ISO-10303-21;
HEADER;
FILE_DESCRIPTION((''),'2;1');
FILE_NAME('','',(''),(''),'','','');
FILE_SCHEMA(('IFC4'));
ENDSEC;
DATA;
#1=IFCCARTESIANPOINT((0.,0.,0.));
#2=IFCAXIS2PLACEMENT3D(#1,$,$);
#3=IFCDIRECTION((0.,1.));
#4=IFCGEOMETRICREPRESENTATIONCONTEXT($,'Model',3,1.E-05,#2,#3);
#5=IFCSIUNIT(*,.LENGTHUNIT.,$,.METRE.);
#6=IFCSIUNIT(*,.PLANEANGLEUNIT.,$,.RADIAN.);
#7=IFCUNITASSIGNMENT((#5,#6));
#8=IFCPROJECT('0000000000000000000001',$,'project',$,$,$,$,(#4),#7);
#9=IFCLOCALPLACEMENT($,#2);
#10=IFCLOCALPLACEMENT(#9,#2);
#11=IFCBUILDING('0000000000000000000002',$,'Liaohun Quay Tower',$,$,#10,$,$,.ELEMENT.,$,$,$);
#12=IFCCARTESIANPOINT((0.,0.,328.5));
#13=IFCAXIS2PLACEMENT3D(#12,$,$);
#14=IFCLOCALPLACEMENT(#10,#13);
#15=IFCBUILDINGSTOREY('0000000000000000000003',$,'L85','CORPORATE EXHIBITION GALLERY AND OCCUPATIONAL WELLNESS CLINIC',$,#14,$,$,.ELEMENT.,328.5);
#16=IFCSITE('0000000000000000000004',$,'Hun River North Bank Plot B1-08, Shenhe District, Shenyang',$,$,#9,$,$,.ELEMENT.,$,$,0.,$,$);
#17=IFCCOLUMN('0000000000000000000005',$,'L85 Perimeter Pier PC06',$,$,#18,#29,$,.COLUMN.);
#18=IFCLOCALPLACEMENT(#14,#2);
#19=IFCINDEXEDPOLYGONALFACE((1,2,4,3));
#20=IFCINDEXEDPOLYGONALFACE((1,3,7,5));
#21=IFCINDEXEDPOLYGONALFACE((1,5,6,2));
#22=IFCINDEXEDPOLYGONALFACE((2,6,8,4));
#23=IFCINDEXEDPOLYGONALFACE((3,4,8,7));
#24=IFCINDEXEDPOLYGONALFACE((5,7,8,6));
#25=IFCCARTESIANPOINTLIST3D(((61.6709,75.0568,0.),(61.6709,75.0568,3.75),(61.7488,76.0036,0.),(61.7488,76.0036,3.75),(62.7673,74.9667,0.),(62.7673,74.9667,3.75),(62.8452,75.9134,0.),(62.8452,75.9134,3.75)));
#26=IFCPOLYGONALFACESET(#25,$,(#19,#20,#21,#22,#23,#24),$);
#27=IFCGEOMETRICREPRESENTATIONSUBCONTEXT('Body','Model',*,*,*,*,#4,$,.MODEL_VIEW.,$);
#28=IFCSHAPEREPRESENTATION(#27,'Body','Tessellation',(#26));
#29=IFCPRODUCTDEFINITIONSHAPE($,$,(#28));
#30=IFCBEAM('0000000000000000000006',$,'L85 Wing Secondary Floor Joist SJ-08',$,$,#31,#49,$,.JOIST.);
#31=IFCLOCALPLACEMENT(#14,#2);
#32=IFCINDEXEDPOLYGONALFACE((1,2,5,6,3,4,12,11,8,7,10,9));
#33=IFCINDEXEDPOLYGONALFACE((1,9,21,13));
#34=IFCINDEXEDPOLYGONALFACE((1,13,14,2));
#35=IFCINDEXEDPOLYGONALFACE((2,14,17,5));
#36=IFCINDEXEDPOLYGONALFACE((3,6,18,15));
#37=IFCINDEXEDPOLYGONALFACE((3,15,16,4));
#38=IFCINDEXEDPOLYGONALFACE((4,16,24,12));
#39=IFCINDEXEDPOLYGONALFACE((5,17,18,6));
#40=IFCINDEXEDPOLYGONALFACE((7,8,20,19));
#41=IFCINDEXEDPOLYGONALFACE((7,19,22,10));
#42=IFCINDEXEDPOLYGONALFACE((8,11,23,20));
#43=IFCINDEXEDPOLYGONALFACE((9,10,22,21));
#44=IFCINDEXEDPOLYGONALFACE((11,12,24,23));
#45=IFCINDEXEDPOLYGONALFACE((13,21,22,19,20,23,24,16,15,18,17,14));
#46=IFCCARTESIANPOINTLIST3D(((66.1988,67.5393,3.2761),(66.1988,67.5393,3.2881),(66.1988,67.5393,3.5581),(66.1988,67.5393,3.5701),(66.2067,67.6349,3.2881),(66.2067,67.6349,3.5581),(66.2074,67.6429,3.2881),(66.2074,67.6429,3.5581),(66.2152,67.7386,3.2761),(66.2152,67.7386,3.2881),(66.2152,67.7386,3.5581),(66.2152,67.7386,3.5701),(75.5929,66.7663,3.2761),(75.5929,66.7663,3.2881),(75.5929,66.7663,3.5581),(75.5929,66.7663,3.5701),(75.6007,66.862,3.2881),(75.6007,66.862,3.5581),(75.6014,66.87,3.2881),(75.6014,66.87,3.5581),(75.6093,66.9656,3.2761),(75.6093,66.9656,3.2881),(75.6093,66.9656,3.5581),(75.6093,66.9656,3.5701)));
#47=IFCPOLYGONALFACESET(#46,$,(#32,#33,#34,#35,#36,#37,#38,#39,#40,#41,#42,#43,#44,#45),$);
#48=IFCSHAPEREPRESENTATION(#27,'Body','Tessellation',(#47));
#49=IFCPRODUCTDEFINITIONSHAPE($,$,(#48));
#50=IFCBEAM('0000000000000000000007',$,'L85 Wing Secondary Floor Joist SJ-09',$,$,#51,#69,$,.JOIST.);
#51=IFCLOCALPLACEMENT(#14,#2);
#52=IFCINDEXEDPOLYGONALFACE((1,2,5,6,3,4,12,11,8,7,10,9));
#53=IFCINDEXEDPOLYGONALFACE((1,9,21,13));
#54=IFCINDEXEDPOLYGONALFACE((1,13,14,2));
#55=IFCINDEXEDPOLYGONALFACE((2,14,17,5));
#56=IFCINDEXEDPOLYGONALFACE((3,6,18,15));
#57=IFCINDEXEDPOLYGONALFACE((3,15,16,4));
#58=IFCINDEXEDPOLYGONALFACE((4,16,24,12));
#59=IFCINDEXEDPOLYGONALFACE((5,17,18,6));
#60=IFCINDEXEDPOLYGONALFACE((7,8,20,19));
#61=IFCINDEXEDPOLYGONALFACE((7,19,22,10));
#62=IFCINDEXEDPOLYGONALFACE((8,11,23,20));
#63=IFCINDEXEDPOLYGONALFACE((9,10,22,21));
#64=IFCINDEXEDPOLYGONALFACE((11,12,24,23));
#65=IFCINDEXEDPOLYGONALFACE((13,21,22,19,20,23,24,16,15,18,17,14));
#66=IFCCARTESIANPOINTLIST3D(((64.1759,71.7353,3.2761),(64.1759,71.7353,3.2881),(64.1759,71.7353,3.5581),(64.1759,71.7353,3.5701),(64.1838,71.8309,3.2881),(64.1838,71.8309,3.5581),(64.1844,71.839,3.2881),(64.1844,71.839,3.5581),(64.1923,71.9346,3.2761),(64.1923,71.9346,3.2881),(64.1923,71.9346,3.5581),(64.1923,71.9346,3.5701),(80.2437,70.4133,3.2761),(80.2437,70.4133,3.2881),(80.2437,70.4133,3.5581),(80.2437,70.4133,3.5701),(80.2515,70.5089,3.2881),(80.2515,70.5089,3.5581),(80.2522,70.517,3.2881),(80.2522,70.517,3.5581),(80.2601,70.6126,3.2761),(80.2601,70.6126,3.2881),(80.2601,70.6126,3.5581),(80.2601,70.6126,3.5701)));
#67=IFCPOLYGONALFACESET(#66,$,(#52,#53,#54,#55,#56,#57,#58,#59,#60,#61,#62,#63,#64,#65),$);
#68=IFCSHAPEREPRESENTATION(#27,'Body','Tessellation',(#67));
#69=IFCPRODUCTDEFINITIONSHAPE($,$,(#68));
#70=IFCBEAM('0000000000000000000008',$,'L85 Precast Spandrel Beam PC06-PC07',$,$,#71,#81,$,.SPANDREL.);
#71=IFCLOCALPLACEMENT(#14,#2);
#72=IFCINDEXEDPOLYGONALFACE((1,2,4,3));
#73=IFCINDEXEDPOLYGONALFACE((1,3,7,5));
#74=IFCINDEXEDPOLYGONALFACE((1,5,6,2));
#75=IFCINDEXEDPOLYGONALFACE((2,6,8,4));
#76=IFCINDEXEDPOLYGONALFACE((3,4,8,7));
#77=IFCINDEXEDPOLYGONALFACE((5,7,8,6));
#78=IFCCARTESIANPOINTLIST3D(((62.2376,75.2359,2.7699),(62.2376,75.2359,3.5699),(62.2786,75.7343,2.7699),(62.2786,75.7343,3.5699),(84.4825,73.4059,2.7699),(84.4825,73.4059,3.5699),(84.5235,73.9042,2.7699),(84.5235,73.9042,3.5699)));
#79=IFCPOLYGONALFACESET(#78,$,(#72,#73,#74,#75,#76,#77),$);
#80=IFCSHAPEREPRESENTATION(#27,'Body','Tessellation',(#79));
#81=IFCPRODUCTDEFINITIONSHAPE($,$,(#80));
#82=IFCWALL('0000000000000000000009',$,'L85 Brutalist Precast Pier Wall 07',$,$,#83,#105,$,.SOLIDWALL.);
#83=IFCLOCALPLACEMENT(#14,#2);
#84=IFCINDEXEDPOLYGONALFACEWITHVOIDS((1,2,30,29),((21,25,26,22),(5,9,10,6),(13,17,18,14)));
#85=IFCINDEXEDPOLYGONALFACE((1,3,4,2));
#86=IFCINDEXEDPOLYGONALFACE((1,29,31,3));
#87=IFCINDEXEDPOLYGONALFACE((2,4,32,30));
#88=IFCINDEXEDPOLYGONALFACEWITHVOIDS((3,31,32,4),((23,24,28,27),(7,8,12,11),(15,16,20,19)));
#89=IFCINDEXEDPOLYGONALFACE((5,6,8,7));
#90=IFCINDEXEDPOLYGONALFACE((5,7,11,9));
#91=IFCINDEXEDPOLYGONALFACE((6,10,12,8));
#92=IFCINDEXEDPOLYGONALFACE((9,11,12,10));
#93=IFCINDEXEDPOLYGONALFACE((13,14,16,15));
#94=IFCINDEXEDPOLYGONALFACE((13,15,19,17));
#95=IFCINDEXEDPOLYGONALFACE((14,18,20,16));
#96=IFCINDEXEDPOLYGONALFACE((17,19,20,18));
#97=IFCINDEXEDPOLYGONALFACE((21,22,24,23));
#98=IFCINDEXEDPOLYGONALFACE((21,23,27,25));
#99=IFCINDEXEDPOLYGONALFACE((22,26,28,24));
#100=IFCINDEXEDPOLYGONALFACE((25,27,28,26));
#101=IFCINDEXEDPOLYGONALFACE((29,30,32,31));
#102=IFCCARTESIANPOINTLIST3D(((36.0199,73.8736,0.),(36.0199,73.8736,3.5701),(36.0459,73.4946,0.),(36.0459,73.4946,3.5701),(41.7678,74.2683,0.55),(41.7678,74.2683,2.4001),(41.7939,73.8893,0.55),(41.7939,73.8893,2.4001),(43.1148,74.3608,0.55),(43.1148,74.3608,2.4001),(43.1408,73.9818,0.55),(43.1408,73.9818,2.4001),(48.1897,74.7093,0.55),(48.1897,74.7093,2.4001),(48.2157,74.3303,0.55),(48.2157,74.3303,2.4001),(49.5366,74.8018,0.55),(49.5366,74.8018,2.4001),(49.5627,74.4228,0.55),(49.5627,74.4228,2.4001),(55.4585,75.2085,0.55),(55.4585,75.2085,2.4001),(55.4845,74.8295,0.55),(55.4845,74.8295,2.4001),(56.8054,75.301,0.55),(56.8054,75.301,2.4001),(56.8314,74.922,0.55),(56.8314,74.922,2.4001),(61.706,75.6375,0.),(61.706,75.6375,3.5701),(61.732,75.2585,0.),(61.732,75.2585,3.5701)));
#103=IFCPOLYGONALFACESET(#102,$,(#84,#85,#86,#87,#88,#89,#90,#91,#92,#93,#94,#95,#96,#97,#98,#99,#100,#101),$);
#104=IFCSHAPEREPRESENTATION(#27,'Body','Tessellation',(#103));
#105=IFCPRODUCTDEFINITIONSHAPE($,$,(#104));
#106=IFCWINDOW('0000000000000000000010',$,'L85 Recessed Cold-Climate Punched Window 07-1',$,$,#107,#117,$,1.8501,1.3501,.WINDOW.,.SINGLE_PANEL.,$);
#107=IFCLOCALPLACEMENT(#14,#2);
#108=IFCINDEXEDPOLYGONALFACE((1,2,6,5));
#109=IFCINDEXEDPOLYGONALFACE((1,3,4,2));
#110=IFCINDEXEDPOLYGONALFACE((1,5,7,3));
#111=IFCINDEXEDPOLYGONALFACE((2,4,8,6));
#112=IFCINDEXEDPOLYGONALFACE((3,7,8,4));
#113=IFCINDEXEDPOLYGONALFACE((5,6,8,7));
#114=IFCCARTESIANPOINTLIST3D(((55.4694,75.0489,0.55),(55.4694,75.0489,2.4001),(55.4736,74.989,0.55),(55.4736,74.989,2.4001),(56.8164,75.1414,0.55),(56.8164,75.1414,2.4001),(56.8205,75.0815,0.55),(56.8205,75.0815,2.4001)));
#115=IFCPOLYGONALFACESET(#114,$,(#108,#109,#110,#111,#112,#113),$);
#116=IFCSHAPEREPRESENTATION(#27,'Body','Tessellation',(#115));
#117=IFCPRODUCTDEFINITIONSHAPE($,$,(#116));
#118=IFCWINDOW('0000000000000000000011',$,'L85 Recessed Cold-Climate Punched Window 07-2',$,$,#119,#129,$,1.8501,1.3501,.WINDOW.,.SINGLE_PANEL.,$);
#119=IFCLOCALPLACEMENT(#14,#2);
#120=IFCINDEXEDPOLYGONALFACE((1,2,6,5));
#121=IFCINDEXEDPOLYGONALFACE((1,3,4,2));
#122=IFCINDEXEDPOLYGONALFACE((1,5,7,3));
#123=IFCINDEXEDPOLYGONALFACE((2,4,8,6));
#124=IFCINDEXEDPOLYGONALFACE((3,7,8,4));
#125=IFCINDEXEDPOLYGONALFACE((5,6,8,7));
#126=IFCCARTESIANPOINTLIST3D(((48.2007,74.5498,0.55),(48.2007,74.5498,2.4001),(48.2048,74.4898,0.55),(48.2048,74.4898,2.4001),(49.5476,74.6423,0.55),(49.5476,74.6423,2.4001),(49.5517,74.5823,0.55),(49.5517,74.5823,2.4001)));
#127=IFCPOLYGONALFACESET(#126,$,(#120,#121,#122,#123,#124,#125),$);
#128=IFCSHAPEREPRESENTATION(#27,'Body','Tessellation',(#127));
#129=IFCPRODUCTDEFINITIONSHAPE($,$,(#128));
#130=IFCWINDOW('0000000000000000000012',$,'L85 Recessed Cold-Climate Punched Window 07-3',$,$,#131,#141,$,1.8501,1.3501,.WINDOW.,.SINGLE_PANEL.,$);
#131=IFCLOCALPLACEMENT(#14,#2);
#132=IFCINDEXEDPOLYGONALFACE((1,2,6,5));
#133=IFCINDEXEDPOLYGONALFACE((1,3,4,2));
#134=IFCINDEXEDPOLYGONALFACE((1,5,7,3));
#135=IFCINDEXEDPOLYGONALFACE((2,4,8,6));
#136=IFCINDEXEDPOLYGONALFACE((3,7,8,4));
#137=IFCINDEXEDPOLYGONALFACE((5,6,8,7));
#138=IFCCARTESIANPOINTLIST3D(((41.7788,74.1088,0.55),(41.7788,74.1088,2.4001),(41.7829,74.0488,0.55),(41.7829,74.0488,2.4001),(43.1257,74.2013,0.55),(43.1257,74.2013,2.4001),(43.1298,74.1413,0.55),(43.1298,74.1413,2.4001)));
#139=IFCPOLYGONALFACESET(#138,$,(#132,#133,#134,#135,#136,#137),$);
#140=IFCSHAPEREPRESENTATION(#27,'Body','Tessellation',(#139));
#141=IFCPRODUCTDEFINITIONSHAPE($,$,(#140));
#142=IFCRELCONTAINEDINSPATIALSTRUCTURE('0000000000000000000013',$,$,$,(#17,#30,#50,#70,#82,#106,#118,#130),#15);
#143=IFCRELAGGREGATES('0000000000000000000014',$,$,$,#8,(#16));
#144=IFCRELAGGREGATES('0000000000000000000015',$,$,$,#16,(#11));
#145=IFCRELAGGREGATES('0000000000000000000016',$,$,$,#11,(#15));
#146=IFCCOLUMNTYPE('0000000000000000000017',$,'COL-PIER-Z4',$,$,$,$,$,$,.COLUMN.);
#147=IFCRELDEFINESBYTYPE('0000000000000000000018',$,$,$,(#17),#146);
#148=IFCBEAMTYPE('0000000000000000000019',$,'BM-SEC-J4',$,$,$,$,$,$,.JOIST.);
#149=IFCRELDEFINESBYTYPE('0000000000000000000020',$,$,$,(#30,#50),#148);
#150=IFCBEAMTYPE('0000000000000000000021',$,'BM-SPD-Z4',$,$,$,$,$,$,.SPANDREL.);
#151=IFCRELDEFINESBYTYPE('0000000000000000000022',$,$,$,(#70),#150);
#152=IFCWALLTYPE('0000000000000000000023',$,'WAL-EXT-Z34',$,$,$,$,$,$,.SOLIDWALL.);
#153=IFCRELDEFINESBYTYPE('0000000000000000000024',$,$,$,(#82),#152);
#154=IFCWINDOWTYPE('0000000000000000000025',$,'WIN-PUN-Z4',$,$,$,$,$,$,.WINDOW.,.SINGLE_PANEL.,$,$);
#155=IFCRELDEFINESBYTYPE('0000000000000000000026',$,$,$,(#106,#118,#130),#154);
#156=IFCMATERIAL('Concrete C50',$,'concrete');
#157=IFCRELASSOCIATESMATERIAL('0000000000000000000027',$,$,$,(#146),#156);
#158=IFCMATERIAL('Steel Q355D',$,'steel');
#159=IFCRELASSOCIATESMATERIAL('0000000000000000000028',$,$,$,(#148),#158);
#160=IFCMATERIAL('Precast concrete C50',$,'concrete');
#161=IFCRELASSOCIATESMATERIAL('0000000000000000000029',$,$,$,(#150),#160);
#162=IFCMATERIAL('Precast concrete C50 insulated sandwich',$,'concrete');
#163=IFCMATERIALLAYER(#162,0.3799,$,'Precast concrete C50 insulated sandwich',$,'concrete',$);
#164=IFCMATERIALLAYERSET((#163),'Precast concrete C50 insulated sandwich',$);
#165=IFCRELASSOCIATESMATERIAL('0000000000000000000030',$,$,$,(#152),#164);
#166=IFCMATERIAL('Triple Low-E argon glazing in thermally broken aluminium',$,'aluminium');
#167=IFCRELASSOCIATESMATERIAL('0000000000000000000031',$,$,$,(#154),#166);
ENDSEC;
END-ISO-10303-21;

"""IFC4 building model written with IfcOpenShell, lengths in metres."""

from ifc_helpers import new_model, si_unit, direction, frame, frame_2d, origin, origin_2d, place, context, subcontext, project, spatial, rectangle, i_section, extrude, source, transform, mapped, material, layer, layer_set, material_profile, profile_set, type_object, element, fill, save


model = new_model("IFC4")

# Units and contexts
model_context = context("Model", 3, precision=1e-05, world=origin(), true_north=direction((0.0, 1.0)))
body_context = subcontext(model_context, "Body", "Model", "MODEL_VIEW")
ifc_project = project(units=[si_unit("LENGTHUNIT", "METRE"), si_unit("PLANEANGLEUNIT", "RADIAN")], contexts=[model_context])

# Site, building, storey
site_placement = place(None, origin())
site = spatial("IfcSite", under=ifc_project, at=site_placement, Name="Hun River North Bank Plot B1-08, Shenhe District, Shenyang", CompositionType="ELEMENT", RefElevation=0.0)
building_placement = place(site_placement, origin())
building = spatial("IfcBuilding", under=site, at=building_placement, Name="Liaohun Quay Tower", CompositionType="ELEMENT")
storey_placement = place(building_placement, frame((0.0, 0.0, 328.5)))
storey = spatial("IfcBuildingStorey", under=building, at=storey_placement, Name="L85", Description="CORPORATE EXHIBITION GALLERY AND OCCUPATIONAL WELLNESS CLINIC", CompositionType="ELEMENT", Elevation=328.5)

# Column
ifc_material_1 = material(Name="Concrete C50", Category="concrete")
ifc_material_profile_1 = material_profile(ifc_material_1, rectangle(XDim=1.1001, YDim=0.95, at=origin_2d()), Name="RC1100x950")
ifc_profile_set_1 = profile_set([ifc_material_profile_1], Name="Concrete C50")
column_type = type_object("IfcColumnType", Name="COL-PIER-Z4", PredefinedType="COLUMN", material=ifc_profile_set_1)
shared_shape_1 = source(origin(), body_context, "Body", "SweptSolid", [
    extrude(rectangle(XDim=1.1001, YDim=0.95, at=origin_2d()), origin(), (0.0, 0.0, 1.0), 3.75),
])
column_placement = place(storey_placement, frame((62.2581, 75.4851, 0.0), z_axis=(0.0, 0.0, 1.0), x_axis=(-0.996637, 0.081939, 0.0)))
element("IfcColumn", 1, at=column_placement, inside=storey, type_object=column_type, Name="L85 Perimeter Pier PC06", PredefinedType="COLUMN", context=body_context, shape_type="MappedRepresentation", body=[
    mapped(shared_shape_1, transform((0.0, 0.0, 0.0), x_axis=(1.0, 0.0, 0.0), y_axis=(0.0, 1.0, 0.0), z_axis=(0.0, 0.0, 1.0), scale=1.0)),
])

# Beams
ifc_material_2 = material(Name="Steel Q355D", Category="steel")
ifc_material_profile_2 = material_profile(ifc_material_2, i_section(OverallWidth=0.2, OverallDepth=0.2939, WebThickness=0.0081, FlangeThickness=0.012, at=origin_2d()), Name="HM294x200x8x12")
ifc_profile_set_2 = profile_set([ifc_material_profile_2], Name="Steel Q355D")
beam_type_1 = type_object("IfcBeamType", Name="BM-SEC-J4", PredefinedType="JOIST", material=ifc_profile_set_2)
shared_shape_2 = source(origin(), body_context, "Body", "SweptSolid", [
    extrude(i_section(OverallWidth=0.2, OverallDepth=0.2939, WebThickness=0.0081, FlangeThickness=0.012, at=origin_2d()), origin(), (0.0, 0.0, 1.0), 9.4258),
])
beam_1_placement = place(storey_placement, frame((66.207, 67.6389, 3.4231), z_axis=(0.996632, -0.082004, 0.0), x_axis=(0.082004, 0.996632, 0.0)))
element("IfcBeam", 2, at=beam_1_placement, inside=storey, type_object=beam_type_1, Name="L85 Wing Secondary Floor Joist SJ-08", PredefinedType="JOIST", context=body_context, shape_type="MappedRepresentation", body=[
    mapped(shared_shape_2, transform((0.0, 0.0, 0.0), x_axis=(1.0, 0.0, 0.0), y_axis=(0.0, 1.0, 0.0), z_axis=(0.0, 0.0, 1.0), scale=1.0)),
])
shared_shape_3 = source(origin(), body_context, "Body", "SweptSolid", [
    extrude(i_section(OverallWidth=0.2, OverallDepth=0.2939, WebThickness=0.0081, FlangeThickness=0.012, at=origin_2d()), origin(), (0.0, 0.0, 1.0), 16.1221),
])
beam_2_placement = place(storey_placement, frame((64.1841, 71.835, 3.4231), z_axis=(0.996632, -0.082, 0.0), x_axis=(0.082, 0.996632, 0.0)))
element("IfcBeam", 3, at=beam_2_placement, inside=storey, type_object=beam_type_1, Name="L85 Wing Secondary Floor Joist SJ-09", PredefinedType="JOIST", context=body_context, shape_type="MappedRepresentation", body=[
    mapped(shared_shape_3, transform((0.0, 0.0, 0.0), x_axis=(1.0, 0.0, 0.0), y_axis=(0.0, 1.0, 0.0), z_axis=(0.0, 0.0, 1.0), scale=1.0)),
])
ifc_material_3 = material(Name="Precast concrete C50", Category="concrete")
ifc_material_profile_3 = material_profile(ifc_material_3, rectangle(XDim=0.5, YDim=0.8, at=origin_2d()), Name="RC500x800")
ifc_profile_set_3 = profile_set([ifc_material_profile_3], Name="Precast concrete C50")
beam_type_2 = type_object("IfcBeamType", Name="BM-SPD-Z4", PredefinedType="SPANDREL", material=ifc_profile_set_3)
shared_shape_4 = source(origin(), body_context, "Body", "SweptSolid", [
    extrude(rectangle(XDim=0.5, YDim=0.8, at=origin_2d()), origin(), (0.0, 0.0, 1.0), 22.3201),
])
beam_3_placement = place(storey_placement, frame((62.2581, 75.4851, 3.1699), z_axis=(0.996633, -0.081993, 0.0), x_axis=(0.081993, 0.996633, 0.0)))
element("IfcBeam", 4, at=beam_3_placement, inside=storey, type_object=beam_type_2, Name="L85 Precast Spandrel Beam PC06-PC07", PredefinedType="SPANDREL", context=body_context, shape_type="MappedRepresentation", body=[
    mapped(shared_shape_4, transform((0.0, 0.0, 0.0), x_axis=(1.0, 0.0, 0.0), y_axis=(0.0, 1.0, 0.0), z_axis=(0.0, 0.0, 1.0), scale=1.0)),
])

# Wall, openings, windows
ifc_material_4 = material(Name="Precast concrete C50 insulated sandwich", Category="concrete")
ifc_layer_1 = layer(ifc_material_4, 0.3799, Name="Precast concrete C50 insulated sandwich", Category="concrete")
ifc_layer_set_1 = layer_set([ifc_layer_1], Name="Precast concrete C50 insulated sandwich")
wall_type_1 = type_object("IfcWallType", Name="WAL-EXT-Z34", PredefinedType="SOLIDWALL", material=ifc_layer_set_1)
wall_1_placement = place(storey_placement, frame((61.719, 75.448, 0.0), z_axis=(0.0, 0.0, 1.0), x_axis=(-0.99765, -0.068511, 0.0)))
wall_1 = element("IfcWall", 5, at=wall_1_placement, inside=storey, type_object=wall_type_1, Name="L85 Brutalist Precast Pier Wall 07", PredefinedType="SOLIDWALL", context=body_context, shape_type="SweptSolid", body=[
    extrude(rectangle(XDim=25.7466, YDim=0.3799, at=frame_2d((12.8733, 0.0))), origin(), (0.0, 0.0, 1.0), 3.5701),
])
shared_shape_5 = source(origin(), body_context, "Body", "SweptSolid", [
    extrude(rectangle(XDim=1.3501, YDim=1.8501, at=frame_2d((0.675, 0.925))), frame((0.0, 0.2, 0.0), z_axis=(0.0, -1.0, 0.0), x_axis=(1.0, 0.0, 0.0)), (0.0, 0.0, 1.0), 0.3999),
])
opening_1_placement = place(wall_1_placement, frame((4.9121, 0.0, 0.55)))
opening_1 = element("IfcOpeningElement", 6, at=opening_1_placement, cuts=wall_1, PredefinedType="OPENING", context=body_context, shape_type="MappedRepresentation", body=[
    mapped(shared_shape_5, transform((0.0, 0.0, 0.0), x_axis=(1.0, 0.0, 0.0), y_axis=(0.0, 1.0, 0.0), z_axis=(0.0, 0.0, 1.0), scale=1.0)),
])
opening_2_placement = place(wall_1_placement, frame((12.198, 0.0, 0.55)))
opening_2 = element("IfcOpeningElement", 7, at=opening_2_placement, cuts=wall_1, PredefinedType="OPENING", context=body_context, shape_type="MappedRepresentation", body=[
    mapped(shared_shape_5, transform((0.0, 0.0, 0.0), x_axis=(1.0, 0.0, 0.0), y_axis=(0.0, 1.0, 0.0), z_axis=(0.0, 0.0, 1.0), scale=1.0)),
])
opening_3_placement = place(wall_1_placement, frame((18.635, 0.0, 0.55)))
opening_3 = element("IfcOpeningElement", 8, at=opening_3_placement, cuts=wall_1, PredefinedType="OPENING", context=body_context, shape_type="MappedRepresentation", body=[
    mapped(shared_shape_5, transform((0.0, 0.0, 0.0), x_axis=(1.0, 0.0, 0.0), y_axis=(0.0, 1.0, 0.0), z_axis=(0.0, 0.0, 1.0), scale=1.0)),
])
ifc_material_5 = material(Name="Triple Low-E argon glazing in thermally broken aluminium", Category="aluminium")
window_type = type_object("IfcWindowType", Name="WIN-PUN-Z4", PartitioningType="SINGLE_PANEL", PredefinedType="WINDOW", material=ifc_material_5)
shared_shape_6 = source(origin(), body_context, "Body", "SweptSolid", [
    extrude(rectangle(XDim=1.3501, YDim=1.8501, at=frame_2d((0.675, 0.925))), frame((0.0, 0.03, 0.0), z_axis=(0.0, -1.0, 0.0), x_axis=(1.0, 0.0, 0.0)), (0.0, 0.0, 1.0), 0.0601),
])
window_1_placement = place(opening_1_placement, origin())
window_1 = element("IfcWindow", 9, at=window_1_placement, inside=storey, type_object=window_type, Name="L85 Recessed Cold-Climate Punched Window 07-1", OverallHeight=1.8501, OverallWidth=1.3501, PartitioningType="SINGLE_PANEL", PredefinedType="WINDOW", context=body_context, shape_type="MappedRepresentation", body=[
    mapped(shared_shape_6, transform((0.0, 0.0, 0.0), x_axis=(1.0, 0.0, 0.0), y_axis=(0.0, 1.0, 0.0), z_axis=(0.0, 0.0, 1.0), scale=1.0)),
])
fill(opening_1, window_1)
window_2_placement = place(opening_2_placement, origin())
window_2 = element("IfcWindow", 10, at=window_2_placement, inside=storey, type_object=window_type, Name="L85 Recessed Cold-Climate Punched Window 07-2", OverallHeight=1.8501, OverallWidth=1.3501, PartitioningType="SINGLE_PANEL", PredefinedType="WINDOW", context=body_context, shape_type="MappedRepresentation", body=[
    mapped(shared_shape_6, transform((0.0, 0.0, 0.0), x_axis=(1.0, 0.0, 0.0), y_axis=(0.0, 1.0, 0.0), z_axis=(0.0, 0.0, 1.0), scale=1.0)),
])
fill(opening_2, window_2)
window_3_placement = place(opening_3_placement, origin())
window_3 = element("IfcWindow", 11, at=window_3_placement, inside=storey, type_object=window_type, Name="L85 Recessed Cold-Climate Punched Window 07-3", OverallHeight=1.8501, OverallWidth=1.3501, PartitioningType="SINGLE_PANEL", PredefinedType="WINDOW", context=body_context, shape_type="MappedRepresentation", body=[
    mapped(shared_shape_6, transform((0.0, 0.0, 0.0), x_axis=(1.0, 0.0, 0.0), y_axis=(0.0, 1.0, 0.0), z_axis=(0.0, 0.0, 1.0), scale=1.0)),
])
fill(opening_3, window_3)

save(model, "model.ifc")
